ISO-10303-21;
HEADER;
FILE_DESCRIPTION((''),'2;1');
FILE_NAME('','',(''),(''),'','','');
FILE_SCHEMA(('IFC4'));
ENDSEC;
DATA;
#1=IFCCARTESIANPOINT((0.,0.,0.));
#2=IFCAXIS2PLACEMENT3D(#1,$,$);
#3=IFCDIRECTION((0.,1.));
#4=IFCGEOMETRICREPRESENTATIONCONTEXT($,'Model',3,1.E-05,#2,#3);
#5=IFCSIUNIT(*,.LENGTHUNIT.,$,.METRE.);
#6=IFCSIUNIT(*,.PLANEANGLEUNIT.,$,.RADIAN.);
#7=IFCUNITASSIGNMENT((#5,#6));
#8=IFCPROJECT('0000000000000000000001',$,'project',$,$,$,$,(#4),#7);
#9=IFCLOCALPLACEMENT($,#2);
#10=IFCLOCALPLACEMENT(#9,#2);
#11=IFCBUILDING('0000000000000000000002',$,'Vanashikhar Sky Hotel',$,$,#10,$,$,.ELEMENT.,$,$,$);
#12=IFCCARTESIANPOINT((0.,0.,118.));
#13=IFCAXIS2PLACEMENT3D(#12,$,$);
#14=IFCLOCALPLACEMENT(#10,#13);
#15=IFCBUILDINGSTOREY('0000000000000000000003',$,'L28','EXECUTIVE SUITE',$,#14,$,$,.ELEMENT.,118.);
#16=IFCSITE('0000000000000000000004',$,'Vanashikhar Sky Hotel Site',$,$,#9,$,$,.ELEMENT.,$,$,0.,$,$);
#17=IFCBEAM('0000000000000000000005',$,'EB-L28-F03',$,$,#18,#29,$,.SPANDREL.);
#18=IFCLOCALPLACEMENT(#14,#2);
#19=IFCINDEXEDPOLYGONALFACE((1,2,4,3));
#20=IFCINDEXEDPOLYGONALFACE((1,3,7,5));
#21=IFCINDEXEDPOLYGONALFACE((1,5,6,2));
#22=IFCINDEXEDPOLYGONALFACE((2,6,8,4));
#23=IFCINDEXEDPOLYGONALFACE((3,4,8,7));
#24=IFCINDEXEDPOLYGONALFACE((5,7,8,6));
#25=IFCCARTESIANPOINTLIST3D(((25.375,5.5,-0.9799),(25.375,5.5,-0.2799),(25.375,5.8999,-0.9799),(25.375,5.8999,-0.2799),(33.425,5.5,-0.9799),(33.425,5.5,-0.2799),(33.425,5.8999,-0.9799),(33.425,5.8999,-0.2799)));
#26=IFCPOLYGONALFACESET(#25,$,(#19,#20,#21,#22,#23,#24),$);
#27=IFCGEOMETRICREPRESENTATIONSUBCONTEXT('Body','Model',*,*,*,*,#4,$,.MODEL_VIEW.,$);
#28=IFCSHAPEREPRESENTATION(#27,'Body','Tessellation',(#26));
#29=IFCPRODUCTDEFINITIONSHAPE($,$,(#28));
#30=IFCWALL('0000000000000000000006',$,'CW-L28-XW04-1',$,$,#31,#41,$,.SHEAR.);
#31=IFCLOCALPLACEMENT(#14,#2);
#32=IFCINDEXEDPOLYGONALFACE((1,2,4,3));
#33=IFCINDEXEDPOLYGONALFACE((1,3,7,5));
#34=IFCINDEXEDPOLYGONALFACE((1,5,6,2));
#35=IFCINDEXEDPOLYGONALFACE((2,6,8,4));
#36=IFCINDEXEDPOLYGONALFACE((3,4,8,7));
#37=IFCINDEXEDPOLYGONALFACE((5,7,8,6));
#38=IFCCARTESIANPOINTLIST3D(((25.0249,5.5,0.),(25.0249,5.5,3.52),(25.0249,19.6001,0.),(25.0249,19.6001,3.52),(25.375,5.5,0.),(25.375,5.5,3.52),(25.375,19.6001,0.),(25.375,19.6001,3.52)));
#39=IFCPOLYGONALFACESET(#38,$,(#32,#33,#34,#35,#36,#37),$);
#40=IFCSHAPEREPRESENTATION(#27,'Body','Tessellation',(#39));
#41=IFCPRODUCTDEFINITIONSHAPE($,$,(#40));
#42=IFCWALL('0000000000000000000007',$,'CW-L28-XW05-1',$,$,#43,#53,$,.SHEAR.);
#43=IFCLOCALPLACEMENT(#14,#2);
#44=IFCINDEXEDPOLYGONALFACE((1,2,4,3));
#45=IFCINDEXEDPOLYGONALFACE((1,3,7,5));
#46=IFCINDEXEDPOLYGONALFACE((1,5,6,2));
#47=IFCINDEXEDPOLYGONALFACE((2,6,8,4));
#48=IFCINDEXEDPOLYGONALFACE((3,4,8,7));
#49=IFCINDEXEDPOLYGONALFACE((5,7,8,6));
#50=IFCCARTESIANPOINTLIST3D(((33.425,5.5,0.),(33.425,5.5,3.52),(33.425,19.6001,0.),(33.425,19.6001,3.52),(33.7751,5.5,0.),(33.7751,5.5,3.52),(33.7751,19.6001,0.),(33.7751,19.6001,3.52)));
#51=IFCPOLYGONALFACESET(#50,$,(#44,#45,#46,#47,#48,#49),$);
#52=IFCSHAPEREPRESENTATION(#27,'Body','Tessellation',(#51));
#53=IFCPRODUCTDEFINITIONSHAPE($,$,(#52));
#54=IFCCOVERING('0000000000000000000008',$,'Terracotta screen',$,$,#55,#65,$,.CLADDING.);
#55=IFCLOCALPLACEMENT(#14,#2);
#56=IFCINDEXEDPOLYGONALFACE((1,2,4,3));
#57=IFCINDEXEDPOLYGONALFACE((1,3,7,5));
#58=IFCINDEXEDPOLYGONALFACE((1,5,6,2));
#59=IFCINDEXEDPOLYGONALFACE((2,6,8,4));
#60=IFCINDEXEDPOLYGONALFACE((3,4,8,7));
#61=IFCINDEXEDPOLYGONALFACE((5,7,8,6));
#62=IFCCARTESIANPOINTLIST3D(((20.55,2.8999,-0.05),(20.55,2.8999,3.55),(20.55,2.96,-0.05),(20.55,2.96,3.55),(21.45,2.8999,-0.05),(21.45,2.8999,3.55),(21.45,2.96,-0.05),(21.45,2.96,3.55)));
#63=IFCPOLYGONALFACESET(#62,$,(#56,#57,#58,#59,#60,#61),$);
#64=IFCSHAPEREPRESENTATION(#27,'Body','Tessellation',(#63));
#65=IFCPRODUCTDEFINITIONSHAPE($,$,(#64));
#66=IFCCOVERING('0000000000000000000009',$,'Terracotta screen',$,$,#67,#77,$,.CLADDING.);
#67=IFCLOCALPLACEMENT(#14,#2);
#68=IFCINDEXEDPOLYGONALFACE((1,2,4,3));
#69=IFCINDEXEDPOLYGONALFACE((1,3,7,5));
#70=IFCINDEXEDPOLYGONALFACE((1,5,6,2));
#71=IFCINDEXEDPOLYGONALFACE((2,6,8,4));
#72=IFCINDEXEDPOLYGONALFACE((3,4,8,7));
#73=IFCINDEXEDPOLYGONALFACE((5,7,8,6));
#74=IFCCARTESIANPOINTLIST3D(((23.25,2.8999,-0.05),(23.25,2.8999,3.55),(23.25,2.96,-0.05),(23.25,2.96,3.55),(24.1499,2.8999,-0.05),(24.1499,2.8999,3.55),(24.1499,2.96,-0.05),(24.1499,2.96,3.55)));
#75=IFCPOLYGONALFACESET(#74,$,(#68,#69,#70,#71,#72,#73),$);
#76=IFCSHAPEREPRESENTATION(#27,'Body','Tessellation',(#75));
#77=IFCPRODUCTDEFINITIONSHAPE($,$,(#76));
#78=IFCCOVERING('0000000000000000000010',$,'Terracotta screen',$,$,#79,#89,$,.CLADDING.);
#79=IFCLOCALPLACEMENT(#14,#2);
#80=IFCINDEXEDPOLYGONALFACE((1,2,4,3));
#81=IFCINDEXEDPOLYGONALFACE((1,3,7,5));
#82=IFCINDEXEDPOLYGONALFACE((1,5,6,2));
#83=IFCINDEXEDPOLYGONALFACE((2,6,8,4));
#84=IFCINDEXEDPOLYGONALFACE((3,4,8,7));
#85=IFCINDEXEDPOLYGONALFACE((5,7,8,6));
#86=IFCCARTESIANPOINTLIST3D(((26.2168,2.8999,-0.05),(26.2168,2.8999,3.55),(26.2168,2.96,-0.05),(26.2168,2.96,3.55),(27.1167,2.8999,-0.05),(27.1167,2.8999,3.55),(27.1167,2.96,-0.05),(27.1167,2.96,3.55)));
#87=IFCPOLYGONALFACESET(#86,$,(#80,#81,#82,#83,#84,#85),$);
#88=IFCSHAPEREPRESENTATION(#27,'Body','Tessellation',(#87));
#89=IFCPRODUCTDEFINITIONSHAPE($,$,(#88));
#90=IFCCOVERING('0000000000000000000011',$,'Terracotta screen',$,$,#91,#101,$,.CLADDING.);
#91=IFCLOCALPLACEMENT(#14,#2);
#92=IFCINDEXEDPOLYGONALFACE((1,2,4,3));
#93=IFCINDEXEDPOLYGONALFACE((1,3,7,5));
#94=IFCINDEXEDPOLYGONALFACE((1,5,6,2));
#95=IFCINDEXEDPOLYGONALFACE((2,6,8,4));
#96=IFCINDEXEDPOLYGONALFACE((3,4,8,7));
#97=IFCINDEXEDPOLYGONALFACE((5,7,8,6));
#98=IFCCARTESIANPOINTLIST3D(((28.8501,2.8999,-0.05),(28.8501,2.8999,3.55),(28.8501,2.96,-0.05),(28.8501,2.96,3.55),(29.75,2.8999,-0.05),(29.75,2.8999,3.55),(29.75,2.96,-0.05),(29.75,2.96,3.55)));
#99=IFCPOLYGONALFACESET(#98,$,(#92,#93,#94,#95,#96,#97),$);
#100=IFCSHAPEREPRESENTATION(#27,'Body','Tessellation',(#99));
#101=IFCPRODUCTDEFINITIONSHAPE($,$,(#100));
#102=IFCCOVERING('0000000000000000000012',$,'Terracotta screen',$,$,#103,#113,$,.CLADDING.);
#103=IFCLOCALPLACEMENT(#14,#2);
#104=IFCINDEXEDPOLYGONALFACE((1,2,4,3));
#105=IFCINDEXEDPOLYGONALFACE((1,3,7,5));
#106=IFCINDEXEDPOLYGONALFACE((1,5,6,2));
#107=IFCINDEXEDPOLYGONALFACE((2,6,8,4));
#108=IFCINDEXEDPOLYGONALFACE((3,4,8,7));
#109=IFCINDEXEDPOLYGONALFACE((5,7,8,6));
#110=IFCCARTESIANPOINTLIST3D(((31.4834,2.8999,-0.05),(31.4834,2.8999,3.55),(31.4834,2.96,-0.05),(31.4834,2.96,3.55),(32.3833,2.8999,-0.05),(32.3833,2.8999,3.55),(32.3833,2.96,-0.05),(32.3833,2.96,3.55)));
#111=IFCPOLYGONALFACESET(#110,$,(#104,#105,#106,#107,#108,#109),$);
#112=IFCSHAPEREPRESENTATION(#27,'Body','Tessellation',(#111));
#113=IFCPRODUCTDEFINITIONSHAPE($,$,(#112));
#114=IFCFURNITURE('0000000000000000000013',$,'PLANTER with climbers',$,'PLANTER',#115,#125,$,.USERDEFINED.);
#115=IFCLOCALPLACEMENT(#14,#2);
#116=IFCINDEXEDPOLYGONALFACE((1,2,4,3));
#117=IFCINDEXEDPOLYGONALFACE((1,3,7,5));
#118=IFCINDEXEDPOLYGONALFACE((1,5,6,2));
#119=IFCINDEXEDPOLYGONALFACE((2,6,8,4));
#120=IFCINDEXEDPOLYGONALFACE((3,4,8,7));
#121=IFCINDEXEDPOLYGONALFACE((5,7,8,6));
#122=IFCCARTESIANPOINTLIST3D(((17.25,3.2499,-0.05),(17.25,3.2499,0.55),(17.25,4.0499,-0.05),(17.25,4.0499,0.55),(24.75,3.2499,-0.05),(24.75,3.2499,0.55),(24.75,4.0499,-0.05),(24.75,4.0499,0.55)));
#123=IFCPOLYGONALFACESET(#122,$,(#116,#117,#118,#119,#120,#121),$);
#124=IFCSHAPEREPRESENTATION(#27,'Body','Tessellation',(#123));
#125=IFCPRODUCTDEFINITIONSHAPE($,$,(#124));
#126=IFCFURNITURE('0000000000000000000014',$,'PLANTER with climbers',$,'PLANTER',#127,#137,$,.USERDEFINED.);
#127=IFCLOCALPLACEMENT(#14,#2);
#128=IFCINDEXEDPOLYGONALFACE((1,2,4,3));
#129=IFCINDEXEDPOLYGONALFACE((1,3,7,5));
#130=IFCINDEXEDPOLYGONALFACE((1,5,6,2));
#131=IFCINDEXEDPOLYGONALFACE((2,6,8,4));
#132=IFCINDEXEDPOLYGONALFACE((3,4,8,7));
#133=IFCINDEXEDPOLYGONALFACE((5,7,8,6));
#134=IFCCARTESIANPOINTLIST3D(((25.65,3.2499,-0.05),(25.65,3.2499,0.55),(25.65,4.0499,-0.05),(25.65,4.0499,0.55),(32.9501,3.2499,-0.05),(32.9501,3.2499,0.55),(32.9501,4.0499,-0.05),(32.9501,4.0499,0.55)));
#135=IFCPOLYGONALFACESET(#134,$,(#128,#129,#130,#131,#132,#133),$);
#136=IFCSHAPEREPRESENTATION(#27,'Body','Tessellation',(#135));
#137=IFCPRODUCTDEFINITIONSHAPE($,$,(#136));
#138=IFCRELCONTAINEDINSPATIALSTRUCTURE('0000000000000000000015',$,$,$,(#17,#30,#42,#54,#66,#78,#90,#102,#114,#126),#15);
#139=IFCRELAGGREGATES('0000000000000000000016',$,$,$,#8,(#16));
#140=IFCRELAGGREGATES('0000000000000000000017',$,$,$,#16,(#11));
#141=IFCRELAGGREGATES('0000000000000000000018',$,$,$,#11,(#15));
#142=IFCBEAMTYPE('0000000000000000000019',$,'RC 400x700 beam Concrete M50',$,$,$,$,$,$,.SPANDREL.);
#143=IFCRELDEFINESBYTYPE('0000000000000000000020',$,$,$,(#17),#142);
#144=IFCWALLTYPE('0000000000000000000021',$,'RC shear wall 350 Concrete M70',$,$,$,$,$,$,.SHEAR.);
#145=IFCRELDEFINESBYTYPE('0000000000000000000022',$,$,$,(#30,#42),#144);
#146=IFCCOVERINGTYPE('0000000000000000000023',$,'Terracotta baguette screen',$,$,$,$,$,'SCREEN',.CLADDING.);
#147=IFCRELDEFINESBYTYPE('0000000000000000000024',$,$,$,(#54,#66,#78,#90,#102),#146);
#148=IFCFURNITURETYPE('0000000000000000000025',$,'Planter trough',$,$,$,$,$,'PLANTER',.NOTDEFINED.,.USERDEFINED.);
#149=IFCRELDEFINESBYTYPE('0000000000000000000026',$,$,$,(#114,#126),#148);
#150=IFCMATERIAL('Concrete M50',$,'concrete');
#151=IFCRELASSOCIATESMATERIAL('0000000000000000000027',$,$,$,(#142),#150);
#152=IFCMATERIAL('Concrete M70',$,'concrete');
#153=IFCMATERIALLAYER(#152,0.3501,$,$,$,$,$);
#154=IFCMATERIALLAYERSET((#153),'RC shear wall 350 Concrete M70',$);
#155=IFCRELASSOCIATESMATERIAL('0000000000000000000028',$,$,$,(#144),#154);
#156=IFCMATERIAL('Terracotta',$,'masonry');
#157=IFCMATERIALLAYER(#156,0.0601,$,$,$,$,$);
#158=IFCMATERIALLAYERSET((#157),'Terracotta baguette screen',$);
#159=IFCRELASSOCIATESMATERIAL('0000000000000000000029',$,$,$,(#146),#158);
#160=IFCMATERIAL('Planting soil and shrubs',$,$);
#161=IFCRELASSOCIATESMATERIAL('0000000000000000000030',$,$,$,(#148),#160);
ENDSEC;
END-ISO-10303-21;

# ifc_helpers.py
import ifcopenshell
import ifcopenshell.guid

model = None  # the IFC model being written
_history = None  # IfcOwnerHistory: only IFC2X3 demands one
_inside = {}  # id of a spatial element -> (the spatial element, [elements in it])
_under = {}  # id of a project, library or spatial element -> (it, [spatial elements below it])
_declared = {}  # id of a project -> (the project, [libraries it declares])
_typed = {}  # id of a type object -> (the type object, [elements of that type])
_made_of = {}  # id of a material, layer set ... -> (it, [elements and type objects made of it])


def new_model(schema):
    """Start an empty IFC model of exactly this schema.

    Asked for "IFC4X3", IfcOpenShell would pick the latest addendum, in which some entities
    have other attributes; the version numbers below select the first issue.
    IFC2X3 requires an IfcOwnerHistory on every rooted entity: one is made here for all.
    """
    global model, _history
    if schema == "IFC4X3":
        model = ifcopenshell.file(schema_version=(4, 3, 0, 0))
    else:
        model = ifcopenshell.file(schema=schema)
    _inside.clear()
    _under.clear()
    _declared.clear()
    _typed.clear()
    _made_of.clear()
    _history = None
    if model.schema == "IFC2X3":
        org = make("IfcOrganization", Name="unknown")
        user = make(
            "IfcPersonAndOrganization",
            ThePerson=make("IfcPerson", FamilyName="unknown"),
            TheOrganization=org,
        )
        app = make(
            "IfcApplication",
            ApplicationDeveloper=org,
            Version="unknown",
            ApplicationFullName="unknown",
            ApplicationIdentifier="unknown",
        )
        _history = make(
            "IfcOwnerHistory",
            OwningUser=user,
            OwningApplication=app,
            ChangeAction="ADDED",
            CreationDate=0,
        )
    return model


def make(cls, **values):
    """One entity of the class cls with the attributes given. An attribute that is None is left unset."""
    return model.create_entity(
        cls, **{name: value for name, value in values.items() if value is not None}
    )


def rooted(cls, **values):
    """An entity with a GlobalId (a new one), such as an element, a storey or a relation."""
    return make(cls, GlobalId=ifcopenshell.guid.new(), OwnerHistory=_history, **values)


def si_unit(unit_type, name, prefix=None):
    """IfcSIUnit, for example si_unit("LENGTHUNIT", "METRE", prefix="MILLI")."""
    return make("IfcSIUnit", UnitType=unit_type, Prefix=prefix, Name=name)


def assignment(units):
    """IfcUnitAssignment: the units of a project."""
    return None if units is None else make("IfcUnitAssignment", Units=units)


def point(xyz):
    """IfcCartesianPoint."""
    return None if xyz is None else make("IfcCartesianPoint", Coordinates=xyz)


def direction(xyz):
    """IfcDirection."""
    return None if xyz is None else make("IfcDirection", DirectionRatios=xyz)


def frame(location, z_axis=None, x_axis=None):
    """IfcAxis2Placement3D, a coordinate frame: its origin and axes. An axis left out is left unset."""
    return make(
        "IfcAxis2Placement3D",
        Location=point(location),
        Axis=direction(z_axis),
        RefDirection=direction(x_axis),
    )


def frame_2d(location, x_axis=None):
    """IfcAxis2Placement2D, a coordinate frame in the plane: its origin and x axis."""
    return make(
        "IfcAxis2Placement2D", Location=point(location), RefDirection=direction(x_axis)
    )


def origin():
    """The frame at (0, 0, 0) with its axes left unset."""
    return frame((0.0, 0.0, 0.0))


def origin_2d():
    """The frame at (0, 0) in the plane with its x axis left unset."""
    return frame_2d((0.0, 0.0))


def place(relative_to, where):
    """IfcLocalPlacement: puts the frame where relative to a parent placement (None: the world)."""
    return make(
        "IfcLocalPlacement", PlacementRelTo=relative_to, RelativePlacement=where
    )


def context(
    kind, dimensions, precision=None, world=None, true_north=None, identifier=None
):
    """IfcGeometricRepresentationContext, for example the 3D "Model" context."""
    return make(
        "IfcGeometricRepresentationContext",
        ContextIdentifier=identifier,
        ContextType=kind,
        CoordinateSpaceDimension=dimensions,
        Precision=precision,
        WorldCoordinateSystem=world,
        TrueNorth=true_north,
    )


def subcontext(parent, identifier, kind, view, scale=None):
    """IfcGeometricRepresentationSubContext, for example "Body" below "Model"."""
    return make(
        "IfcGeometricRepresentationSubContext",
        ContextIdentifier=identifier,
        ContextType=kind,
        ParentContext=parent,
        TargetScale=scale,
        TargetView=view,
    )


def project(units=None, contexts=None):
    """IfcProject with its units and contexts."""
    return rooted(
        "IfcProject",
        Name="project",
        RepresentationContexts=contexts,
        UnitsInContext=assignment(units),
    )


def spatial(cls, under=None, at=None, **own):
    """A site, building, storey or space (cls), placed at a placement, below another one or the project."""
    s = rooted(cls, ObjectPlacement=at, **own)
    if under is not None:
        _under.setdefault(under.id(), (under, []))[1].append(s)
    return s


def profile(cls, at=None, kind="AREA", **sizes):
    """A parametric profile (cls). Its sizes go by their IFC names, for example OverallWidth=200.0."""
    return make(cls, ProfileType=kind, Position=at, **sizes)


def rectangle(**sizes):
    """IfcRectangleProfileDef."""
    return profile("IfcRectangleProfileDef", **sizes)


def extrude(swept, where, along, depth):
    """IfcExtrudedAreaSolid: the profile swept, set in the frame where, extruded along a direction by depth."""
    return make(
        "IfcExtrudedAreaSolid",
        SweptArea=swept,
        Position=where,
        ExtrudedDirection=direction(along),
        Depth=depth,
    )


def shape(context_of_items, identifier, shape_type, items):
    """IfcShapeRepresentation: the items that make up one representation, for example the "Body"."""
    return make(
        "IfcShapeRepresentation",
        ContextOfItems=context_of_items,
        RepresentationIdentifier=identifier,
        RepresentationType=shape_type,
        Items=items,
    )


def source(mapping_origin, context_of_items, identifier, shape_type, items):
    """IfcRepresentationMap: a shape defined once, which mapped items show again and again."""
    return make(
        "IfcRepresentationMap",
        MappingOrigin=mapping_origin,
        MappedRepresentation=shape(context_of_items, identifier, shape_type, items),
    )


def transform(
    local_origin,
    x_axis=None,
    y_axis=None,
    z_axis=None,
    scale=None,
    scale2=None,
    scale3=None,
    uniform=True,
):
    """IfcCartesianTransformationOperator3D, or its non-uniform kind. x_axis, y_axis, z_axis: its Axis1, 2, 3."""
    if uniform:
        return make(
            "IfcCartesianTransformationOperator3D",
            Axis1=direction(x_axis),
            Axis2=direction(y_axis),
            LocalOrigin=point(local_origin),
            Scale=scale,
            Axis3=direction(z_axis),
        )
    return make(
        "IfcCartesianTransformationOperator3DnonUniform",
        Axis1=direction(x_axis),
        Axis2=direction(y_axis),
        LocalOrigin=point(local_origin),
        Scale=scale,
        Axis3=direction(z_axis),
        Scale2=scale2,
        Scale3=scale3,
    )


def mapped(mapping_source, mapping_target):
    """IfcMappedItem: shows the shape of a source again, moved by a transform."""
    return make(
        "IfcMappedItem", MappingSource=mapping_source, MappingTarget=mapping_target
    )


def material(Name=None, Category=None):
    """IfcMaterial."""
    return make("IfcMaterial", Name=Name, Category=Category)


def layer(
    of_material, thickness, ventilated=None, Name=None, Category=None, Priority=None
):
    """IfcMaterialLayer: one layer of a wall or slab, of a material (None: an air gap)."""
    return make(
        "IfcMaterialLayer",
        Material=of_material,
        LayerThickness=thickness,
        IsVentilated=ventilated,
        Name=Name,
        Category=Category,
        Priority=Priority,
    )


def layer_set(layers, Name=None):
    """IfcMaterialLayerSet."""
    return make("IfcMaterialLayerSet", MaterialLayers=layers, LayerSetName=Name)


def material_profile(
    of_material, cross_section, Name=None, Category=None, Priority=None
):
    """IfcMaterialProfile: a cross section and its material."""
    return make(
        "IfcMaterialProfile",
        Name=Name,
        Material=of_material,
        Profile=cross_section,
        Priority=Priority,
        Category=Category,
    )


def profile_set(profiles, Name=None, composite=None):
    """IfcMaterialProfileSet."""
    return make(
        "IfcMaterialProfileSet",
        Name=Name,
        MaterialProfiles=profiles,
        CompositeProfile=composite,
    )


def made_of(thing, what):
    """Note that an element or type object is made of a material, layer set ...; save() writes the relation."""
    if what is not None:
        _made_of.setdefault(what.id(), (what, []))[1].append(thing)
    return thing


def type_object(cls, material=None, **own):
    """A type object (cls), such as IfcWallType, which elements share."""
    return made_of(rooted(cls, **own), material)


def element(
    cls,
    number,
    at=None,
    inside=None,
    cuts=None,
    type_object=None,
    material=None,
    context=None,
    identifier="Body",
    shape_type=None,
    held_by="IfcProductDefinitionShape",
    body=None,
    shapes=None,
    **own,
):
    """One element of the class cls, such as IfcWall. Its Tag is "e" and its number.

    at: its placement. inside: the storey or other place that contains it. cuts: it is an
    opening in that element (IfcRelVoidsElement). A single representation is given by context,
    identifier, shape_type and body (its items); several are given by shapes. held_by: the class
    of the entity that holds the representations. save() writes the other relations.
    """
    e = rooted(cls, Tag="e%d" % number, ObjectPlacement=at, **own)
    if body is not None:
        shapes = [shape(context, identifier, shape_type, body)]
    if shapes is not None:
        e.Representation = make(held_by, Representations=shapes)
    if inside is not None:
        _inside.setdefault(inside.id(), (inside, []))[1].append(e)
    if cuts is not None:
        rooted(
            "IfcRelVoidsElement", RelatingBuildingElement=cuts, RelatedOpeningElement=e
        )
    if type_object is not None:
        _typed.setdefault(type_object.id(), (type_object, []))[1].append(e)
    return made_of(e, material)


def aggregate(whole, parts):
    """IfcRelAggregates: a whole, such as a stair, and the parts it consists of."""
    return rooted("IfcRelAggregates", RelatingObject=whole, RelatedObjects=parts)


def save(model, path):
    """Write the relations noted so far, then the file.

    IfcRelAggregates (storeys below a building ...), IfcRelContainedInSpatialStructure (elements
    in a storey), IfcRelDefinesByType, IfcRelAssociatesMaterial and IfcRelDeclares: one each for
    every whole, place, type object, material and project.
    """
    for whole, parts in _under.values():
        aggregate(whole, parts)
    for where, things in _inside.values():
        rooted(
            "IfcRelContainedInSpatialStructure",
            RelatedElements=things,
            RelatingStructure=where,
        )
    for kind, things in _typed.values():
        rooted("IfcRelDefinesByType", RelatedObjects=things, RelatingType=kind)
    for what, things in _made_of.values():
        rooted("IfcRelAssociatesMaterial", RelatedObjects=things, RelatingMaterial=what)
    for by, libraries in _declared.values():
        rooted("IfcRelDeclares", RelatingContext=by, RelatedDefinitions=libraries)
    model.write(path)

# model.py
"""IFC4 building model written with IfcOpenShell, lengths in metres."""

from ifc_helpers import new_model, si_unit, direction, frame, frame_2d, origin, origin_2d, place, context, subcontext, project, spatial, rectangle, extrude, source, transform, mapped, material, layer, layer_set, material_profile, profile_set, type_object, element, save


model = new_model("IFC4")

# Units and contexts
model_context = context("Model", 3, precision=1e-05, world=origin(), true_north=direction((0.0, 1.0)))
body_context = subcontext(model_context, "Body", "Model", "MODEL_VIEW")
ifc_project = project(units=[si_unit("LENGTHUNIT", "METRE"), si_unit("PLANEANGLEUNIT", "RADIAN")], contexts=[model_context])

# Site, building, storey
site_placement = place(None, origin())
site = spatial("IfcSite", under=ifc_project, at=site_placement, Name="Vanashikhar Sky Hotel Site", CompositionType="ELEMENT", RefElevation=0.0)
building_placement = place(site_placement, origin())
building = spatial("IfcBuilding", under=site, at=building_placement, Name="Vanashikhar Sky Hotel", CompositionType="ELEMENT")
storey_placement = place(building_placement, frame((0.0, 0.0, 118.0)))
storey = spatial("IfcBuildingStorey", under=building, at=storey_placement, Name="L28", Description="EXECUTIVE SUITE", CompositionType="ELEMENT", Elevation=118.0)

# Beam
ifc_material_1 = material(Name="Concrete M50", Category="concrete")
ifc_material_profile = material_profile(ifc_material_1, rectangle(XDim=0.3999, YDim=0.7, at=origin_2d()))
ifc_profile_set = profile_set([ifc_material_profile], Name="RC 400x700 beam Concrete M50")
beam_type = type_object("IfcBeamType", Name="RC 400x700 beam Concrete M50", PredefinedType="SPANDREL", material=ifc_profile_set)
shared_shape_1 = source(origin(), body_context, "Body", "SweptSolid", [
    extrude(rectangle(XDim=0.3999, YDim=0.7, at=origin_2d()), origin(), (0.0, 0.0, 1.0), 8.05),
])
beam_placement = place(storey_placement, frame((25.375, 5.7, -0.6299), z_axis=(1.0, 0.0, 0.0), x_axis=(0.0, 1.0, 0.0)))
element("IfcBeam", 1, at=beam_placement, inside=storey, type_object=beam_type, Name="EB-L28-F03", PredefinedType="SPANDREL", context=body_context, shape_type="MappedRepresentation", body=[
    mapped(shared_shape_1, transform((0.0, 0.0, 0.0), scale=1.0)),
])

# Walls
ifc_material_2 = material(Name="Concrete M70", Category="concrete")
ifc_layer_1 = layer(ifc_material_2, 0.3501)
ifc_layer_set_1 = layer_set([ifc_layer_1], Name="RC shear wall 350 Concrete M70")
wall_type_1 = type_object("IfcWallType", Name="RC shear wall 350 Concrete M70", PredefinedType="SHEAR", material=ifc_layer_set_1)
shared_shape_2 = source(origin(), body_context, "Body", "SweptSolid", [
    extrude(rectangle(XDim=14.1001, YDim=0.3501, at=frame_2d((7.05, 0.0))), origin(), (0.0, 0.0, 1.0), 3.52),
])
for number, where, z_axis, x_axis, name in (
    (2, (25.2, 5.5, 0.0), (0.0, 0.0, 1.0), (0.0, 1.0, 0.0), "CW-L28-XW04-1"),
    (3, (33.6001, 5.5, 0.0), (0.0, 0.0, 1.0), (0.0, 1.0, 0.0), "CW-L28-XW05-1"),
):
    element("IfcWall", number, at=place(storey_placement, frame(where, z_axis=z_axis, x_axis=x_axis)), inside=storey, type_object=wall_type_1, Name=name, PredefinedType="SHEAR", context=body_context, shape_type="MappedRepresentation", body=[
        mapped(shared_shape_2, transform((0.0, 0.0, 0.0), scale=1.0)),
    ])

# Coverings
ifc_material_3 = material(Name="Terracotta", Category="masonry")
ifc_layer_2 = layer(ifc_material_3, 0.0601)
ifc_layer_set_2 = layer_set([ifc_layer_2], Name="Terracotta baguette screen")
covering_type = type_object("IfcCoveringType", Name="Terracotta baguette screen", ElementType="SCREEN", PredefinedType="CLADDING", material=ifc_layer_set_2)
shared_shape_3 = source(origin(), body_context, "Body", "SweptSolid", [
    extrude(rectangle(XDim=0.8999, YDim=0.0601, at=origin_2d()), origin(), (0.0, 0.0, 1.0), 3.6001),
])
for number, where, z_axis, x_axis, name in (
    (4, (21.0, 2.9299, -0.05), (0.0, 0.0, 1.0), (1.0, 0.0, 0.0), "Terracotta screen"),
    (5, (23.7, 2.9299, -0.05), (0.0, 0.0, 1.0), (1.0, 0.0, 0.0), "Terracotta screen"),
    (6, (26.6667, 2.9299, -0.05), (0.0, 0.0, 1.0), (1.0, 0.0, 0.0), "Terracotta screen"),
    (7, (29.3, 2.9299, -0.05), (0.0, 0.0, 1.0), (1.0, 0.0, 0.0), "Terracotta screen"),
    (8, (31.9333, 2.9299, -0.05), (0.0, 0.0, 1.0), (1.0, 0.0, 0.0), "Terracotta screen"),
):
    element("IfcCovering", number, at=place(storey_placement, frame(where, z_axis=z_axis, x_axis=x_axis)), inside=storey, type_object=covering_type, Name=name, PredefinedType="CLADDING", context=body_context, shape_type="MappedRepresentation", body=[
        mapped(shared_shape_3, transform((0.0, 0.0, 0.0), scale=1.0)),
    ])

# Furniture
ifc_material_4 = material(Name="Planting soil and shrubs")
furniture_type = type_object("IfcFurnitureType", Name="Planter trough", ElementType="PLANTER", AssemblyPlace="NOTDEFINED", PredefinedType="USERDEFINED", material=ifc_material_4)
shared_shape_4 = source(origin(), body_context, "Body", "SweptSolid", [
    extrude(rectangle(XDim=7.5, YDim=0.8, at=origin_2d()), origin(), (0.0, 0.0, 1.0), 0.6001),
])
furniture_1_placement = place(storey_placement, frame((21.0, 3.6499, -0.05), z_axis=(0.0, 0.0, 1.0), x_axis=(1.0, 0.0, 0.0)))
element("IfcFurniture", 9, at=furniture_1_placement, inside=storey, type_object=furniture_type, Name="PLANTER with climbers", ObjectType="PLANTER", PredefinedType="USERDEFINED", context=body_context, shape_type="MappedRepresentation", body=[
    mapped(shared_shape_4, transform((0.0, 0.0, 0.0), scale=1.0)),
])
shared_shape_5 = source(origin(), body_context, "Body", "SweptSolid", [
    extrude(rectangle(XDim=7.3, YDim=0.8, at=origin_2d()), origin(), (0.0, 0.0, 1.0), 0.6001),
])
furniture_2_placement = place(storey_placement, frame((29.3, 3.6499, -0.05), z_axis=(0.0, 0.0, 1.0), x_axis=(1.0, 0.0, 0.0)))
element("IfcFurniture", 10, at=furniture_2_placement, inside=storey, type_object=furniture_type, Name="PLANTER with climbers", ObjectType="PLANTER", PredefinedType="USERDEFINED", context=body_context, shape_type="MappedRepresentation", body=[
    mapped(shared_shape_5, transform((0.0, 0.0, 0.0), scale=1.0)),
])

save(model, "model.ifc")
